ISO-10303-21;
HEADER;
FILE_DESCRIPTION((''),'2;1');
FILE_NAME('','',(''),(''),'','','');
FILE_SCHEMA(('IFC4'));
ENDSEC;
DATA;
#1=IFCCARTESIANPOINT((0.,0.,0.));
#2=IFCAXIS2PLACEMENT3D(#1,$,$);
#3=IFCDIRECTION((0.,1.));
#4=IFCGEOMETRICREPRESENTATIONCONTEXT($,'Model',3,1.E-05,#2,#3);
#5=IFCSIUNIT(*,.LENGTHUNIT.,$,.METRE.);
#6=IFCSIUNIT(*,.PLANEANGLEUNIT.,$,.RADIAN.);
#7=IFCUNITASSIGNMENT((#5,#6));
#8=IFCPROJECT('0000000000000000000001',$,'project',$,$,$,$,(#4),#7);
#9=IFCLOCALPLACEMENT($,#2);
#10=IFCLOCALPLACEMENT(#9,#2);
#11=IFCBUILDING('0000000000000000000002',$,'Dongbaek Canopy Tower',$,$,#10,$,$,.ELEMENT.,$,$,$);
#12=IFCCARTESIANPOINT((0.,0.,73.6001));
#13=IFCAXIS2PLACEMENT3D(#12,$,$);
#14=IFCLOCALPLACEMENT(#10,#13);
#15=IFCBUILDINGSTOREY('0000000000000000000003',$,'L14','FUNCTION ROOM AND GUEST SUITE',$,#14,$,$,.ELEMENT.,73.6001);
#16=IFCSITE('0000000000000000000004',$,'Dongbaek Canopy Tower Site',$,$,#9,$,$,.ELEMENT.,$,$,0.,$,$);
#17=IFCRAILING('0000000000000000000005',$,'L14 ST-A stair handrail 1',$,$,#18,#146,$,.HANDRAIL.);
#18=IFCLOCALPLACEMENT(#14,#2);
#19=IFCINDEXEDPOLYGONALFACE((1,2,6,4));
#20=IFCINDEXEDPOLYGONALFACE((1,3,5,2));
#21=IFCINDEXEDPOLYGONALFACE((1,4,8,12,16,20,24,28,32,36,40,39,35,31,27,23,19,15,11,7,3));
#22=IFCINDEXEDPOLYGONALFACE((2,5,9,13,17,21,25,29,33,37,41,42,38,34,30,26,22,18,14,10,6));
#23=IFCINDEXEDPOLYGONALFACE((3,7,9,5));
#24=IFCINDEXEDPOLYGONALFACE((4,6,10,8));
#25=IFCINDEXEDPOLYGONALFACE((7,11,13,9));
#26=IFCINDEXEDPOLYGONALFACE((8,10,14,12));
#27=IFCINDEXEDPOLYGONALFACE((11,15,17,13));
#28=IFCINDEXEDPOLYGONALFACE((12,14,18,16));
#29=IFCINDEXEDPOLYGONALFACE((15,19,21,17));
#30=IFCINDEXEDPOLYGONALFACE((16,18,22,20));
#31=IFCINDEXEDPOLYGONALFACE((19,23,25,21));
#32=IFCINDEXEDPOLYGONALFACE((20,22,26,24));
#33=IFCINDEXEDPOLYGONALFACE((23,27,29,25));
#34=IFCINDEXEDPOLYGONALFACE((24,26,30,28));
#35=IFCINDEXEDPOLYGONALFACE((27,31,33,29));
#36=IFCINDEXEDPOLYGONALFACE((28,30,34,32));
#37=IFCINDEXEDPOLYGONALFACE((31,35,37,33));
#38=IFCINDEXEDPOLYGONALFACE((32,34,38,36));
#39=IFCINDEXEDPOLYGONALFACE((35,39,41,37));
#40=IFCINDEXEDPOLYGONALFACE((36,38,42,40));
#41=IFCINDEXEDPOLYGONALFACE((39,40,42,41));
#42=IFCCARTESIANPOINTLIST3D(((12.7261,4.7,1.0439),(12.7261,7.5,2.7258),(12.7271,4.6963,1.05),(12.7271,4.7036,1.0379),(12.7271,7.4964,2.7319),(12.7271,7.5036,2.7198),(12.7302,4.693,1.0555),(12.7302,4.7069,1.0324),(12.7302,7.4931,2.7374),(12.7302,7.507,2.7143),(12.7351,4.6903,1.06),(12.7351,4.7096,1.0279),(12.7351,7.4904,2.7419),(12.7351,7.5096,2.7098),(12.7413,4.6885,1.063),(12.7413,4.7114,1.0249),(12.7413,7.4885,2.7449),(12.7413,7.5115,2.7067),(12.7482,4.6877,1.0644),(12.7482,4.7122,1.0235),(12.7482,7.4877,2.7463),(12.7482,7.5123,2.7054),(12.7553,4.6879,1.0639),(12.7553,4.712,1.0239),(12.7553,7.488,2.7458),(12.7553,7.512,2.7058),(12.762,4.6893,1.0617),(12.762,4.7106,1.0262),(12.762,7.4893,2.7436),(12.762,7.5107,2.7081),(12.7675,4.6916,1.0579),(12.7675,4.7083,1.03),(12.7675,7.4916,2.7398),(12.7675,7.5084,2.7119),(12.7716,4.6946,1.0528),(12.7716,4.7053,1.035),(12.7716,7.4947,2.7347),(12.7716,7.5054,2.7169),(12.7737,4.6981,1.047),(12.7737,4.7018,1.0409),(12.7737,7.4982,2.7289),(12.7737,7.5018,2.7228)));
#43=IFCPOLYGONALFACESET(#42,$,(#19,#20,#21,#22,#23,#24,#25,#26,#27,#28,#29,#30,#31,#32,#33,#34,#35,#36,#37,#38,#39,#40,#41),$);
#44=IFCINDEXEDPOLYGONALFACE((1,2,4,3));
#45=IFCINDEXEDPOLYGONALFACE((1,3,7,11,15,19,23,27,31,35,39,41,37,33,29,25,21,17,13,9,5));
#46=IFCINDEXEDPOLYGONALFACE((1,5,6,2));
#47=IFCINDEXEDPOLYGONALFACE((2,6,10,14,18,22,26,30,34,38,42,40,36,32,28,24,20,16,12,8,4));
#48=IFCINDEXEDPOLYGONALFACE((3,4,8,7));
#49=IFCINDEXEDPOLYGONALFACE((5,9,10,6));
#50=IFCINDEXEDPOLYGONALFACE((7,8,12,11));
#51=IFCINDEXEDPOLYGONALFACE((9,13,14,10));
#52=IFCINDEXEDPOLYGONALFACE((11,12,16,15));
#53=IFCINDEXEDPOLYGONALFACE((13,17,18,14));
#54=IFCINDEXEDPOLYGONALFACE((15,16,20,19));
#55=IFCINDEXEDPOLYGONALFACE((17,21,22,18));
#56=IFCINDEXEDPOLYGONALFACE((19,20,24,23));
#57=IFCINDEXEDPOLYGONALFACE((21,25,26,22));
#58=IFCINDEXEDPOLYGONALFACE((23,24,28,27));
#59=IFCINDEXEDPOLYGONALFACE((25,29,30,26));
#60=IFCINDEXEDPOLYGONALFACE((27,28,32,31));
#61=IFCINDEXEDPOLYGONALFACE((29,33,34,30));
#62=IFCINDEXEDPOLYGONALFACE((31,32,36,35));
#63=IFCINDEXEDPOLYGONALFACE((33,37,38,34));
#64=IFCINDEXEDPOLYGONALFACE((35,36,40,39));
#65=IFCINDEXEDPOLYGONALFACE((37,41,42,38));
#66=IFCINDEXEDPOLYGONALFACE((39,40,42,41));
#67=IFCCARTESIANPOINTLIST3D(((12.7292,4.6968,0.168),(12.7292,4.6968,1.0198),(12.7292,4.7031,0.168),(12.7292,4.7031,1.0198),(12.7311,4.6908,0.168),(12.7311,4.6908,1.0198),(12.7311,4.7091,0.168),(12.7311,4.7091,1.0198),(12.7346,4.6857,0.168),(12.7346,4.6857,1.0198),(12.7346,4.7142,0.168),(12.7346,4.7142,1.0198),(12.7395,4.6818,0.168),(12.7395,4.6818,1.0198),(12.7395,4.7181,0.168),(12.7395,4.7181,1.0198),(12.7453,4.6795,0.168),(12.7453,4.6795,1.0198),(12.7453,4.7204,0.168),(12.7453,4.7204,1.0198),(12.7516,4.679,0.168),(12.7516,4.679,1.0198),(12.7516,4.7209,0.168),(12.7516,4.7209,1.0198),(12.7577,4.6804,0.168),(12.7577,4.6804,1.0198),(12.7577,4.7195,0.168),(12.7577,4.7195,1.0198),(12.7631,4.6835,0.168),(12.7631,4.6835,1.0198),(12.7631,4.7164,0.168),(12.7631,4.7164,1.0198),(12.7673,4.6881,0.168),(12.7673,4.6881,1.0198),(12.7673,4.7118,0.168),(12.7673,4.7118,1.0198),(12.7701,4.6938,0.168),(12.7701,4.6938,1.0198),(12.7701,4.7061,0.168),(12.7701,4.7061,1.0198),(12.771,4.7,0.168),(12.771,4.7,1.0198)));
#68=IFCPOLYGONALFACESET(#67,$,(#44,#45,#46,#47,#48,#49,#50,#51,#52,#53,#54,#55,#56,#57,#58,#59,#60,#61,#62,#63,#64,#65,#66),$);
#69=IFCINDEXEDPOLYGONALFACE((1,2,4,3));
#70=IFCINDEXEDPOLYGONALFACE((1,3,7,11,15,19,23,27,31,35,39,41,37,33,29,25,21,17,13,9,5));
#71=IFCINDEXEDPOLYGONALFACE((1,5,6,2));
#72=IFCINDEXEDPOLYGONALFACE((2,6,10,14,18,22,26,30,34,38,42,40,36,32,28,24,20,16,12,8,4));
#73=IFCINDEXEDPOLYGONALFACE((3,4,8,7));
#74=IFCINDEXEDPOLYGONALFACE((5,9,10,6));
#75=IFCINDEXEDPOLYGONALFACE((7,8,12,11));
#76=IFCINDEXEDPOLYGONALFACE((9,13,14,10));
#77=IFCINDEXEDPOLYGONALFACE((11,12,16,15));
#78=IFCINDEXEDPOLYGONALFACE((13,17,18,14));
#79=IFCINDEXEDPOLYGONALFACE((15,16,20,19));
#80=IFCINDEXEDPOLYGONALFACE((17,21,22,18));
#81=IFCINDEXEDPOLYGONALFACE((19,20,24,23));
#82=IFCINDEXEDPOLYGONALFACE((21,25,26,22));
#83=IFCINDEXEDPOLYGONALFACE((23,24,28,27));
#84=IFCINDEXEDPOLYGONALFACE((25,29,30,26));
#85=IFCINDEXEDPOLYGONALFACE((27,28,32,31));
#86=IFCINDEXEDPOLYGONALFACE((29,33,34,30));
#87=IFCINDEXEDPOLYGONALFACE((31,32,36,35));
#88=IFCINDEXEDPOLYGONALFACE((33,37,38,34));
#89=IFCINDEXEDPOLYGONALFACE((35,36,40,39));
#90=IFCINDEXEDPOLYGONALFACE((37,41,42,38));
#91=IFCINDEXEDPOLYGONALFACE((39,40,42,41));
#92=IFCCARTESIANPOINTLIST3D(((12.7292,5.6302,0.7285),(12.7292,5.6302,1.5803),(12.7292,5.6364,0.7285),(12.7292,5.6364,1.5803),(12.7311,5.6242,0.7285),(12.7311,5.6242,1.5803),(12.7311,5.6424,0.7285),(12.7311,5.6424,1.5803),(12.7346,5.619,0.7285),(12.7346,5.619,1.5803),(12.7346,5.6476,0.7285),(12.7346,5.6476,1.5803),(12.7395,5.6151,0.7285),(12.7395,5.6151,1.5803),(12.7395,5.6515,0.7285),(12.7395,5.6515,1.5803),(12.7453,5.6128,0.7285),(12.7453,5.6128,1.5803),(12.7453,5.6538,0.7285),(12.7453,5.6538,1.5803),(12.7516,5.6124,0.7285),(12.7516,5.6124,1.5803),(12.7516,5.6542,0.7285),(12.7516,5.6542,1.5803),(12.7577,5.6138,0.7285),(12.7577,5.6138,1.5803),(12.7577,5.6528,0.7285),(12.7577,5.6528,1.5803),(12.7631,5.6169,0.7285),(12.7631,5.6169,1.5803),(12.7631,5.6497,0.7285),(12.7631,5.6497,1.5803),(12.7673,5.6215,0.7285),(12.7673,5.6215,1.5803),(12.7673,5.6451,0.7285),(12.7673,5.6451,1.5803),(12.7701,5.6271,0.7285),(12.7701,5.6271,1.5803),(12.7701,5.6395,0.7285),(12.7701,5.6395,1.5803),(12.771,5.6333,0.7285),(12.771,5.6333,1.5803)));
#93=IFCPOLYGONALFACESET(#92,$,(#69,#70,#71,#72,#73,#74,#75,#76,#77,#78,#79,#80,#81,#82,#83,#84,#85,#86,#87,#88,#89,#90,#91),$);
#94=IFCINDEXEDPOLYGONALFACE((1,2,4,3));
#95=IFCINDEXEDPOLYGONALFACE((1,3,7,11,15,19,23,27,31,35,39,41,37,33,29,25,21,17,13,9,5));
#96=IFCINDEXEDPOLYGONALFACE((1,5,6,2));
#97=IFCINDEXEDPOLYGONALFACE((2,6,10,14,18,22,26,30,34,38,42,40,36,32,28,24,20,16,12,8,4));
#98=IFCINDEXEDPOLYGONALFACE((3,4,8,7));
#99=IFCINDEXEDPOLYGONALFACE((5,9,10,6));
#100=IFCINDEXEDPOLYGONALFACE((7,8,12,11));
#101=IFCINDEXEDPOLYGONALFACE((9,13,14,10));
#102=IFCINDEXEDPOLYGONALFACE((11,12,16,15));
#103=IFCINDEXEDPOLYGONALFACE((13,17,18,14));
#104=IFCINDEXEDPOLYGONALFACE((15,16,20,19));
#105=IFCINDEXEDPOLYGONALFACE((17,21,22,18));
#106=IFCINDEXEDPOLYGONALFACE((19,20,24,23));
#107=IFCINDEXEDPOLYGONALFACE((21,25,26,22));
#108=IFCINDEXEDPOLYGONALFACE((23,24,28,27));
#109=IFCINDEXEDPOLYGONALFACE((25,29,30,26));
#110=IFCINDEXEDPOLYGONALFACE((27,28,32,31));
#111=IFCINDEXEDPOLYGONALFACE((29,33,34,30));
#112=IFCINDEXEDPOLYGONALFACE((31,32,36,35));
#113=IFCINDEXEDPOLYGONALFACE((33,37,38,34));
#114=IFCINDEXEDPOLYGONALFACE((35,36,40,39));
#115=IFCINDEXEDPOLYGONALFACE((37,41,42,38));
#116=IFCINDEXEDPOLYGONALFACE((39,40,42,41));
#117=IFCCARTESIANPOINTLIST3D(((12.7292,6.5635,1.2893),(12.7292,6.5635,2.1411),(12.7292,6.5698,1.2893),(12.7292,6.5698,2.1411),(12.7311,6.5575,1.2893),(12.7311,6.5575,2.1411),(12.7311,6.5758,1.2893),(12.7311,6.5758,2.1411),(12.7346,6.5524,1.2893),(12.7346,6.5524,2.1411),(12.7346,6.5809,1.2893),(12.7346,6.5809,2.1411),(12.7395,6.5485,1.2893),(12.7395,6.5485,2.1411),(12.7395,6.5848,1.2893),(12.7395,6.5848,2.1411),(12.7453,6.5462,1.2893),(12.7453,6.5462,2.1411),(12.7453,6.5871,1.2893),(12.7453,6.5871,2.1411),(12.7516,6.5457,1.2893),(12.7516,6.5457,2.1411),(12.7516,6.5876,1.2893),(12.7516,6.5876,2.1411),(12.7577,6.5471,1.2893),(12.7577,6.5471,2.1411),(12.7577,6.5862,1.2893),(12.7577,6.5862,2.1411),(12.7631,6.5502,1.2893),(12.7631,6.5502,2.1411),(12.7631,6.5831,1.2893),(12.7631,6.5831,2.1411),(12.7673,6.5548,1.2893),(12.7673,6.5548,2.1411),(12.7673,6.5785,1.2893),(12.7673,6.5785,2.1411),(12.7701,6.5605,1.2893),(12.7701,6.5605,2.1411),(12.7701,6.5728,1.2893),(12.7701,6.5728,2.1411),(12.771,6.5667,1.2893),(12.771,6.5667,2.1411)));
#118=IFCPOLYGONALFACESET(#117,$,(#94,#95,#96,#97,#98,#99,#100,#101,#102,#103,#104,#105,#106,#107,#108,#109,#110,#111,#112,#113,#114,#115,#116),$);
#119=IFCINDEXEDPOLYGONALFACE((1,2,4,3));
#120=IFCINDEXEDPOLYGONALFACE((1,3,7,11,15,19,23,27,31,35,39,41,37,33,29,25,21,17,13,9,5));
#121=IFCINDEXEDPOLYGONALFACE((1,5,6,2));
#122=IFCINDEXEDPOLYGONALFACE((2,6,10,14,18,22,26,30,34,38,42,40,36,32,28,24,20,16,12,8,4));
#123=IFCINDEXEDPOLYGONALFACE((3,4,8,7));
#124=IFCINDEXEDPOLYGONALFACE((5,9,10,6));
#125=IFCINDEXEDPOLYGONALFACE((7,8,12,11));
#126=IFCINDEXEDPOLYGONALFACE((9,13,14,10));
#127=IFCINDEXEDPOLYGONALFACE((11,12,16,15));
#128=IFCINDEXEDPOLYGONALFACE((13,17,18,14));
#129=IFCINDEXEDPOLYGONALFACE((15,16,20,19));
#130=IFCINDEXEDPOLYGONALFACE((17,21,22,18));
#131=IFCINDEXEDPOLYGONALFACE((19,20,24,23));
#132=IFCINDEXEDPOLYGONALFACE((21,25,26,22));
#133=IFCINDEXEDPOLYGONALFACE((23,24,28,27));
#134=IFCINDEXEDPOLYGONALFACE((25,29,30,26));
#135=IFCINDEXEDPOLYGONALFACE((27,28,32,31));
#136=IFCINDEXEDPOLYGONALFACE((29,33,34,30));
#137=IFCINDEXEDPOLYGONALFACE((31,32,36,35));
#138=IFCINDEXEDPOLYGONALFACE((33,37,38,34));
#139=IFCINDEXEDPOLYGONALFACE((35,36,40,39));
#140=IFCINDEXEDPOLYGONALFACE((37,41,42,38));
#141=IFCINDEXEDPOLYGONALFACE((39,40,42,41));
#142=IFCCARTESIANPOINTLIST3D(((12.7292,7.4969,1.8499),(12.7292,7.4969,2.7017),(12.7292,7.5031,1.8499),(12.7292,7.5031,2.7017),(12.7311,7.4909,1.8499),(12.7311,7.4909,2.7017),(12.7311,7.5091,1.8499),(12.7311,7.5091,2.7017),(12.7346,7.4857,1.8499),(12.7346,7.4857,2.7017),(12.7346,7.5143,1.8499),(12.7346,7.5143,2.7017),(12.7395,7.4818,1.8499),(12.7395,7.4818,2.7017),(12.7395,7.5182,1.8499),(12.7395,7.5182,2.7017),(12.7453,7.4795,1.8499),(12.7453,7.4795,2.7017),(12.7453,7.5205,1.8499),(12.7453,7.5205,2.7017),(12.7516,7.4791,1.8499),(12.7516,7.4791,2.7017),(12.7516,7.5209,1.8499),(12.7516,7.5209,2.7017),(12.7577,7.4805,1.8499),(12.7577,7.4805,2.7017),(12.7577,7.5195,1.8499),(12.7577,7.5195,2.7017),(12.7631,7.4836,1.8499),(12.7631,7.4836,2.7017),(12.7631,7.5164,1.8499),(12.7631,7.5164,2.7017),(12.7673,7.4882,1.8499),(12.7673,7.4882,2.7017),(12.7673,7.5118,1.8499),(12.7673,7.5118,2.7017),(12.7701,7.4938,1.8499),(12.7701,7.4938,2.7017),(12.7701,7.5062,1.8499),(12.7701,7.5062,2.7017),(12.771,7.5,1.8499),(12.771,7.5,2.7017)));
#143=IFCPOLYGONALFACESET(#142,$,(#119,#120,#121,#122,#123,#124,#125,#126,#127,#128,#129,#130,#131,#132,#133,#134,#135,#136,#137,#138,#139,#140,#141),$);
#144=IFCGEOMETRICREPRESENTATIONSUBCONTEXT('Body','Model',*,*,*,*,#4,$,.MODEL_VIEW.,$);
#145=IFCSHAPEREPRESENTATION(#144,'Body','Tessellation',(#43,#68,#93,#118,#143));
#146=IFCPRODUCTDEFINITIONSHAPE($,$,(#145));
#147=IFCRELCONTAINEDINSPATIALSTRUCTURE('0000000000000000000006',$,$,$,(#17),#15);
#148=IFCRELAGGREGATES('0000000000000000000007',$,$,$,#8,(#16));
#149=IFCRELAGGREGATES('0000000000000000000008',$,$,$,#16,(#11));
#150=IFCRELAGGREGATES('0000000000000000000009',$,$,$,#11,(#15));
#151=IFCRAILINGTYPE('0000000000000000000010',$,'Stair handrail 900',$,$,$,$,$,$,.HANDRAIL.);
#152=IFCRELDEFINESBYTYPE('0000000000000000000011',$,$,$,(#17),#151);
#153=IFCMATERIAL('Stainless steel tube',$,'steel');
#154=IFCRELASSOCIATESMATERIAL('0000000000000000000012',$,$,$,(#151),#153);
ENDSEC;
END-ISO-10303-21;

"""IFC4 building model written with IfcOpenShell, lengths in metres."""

from ifc_helpers import new_model, si_unit, direction, frame, origin, origin_2d, place, context, subcontext, project, spatial, circle, extrude, material, type_object, element, save


model = new_model("IFC4")

# Units and contexts
model_context = context("Model", 3, precision=1e-05, world=origin(), true_north=direction((0.0, 1.0)))
body_context = subcontext(model_context, "Body", "Model", "MODEL_VIEW")
ifc_project = project(units=[si_unit("LENGTHUNIT", "METRE"), si_unit("PLANEANGLEUNIT", "RADIAN")], contexts=[model_context])

# Site, building, storey
site_placement = place(None, origin())
site = spatial("IfcSite", under=ifc_project, at=site_placement, Name="Dongbaek Canopy Tower Site", CompositionType="ELEMENT", RefElevation=0.0)
building_placement = place(site_placement, origin())
building = spatial("IfcBuilding", under=site, at=building_placement, Name="Dongbaek Canopy Tower", CompositionType="ELEMENT")
storey_placement = place(building_placement, frame((0.0, 0.0, 73.6001)))
storey = spatial("IfcBuildingStorey", under=building, at=storey_placement, Name="L14", Description="FUNCTION ROOM AND GUEST SUITE", CompositionType="ELEMENT", Elevation=73.6001)

# Railing
ifc_material_1 = material(Name="Stainless steel tube", Category="steel")
railing_type_1 = type_object("IfcRailingType", Name="Stair handrail 900", PredefinedType="HANDRAIL", material=ifc_material_1)
railing_1_placement = place(storey_placement, frame((12.75, 4.7, 0.168)))
element("IfcRailing", 1, at=railing_1_placement, inside=storey, type_object=railing_type_1, Name="L14 ST-A stair handrail 1", PredefinedType="HANDRAIL", context=body_context, shape_type="SweptSolid", body=[
    extrude(circle(Radius=0.0239, at=origin_2d()), frame((0.0, 0.0, 0.876), z_axis=(0.0, 0.857242, 0.514913), x_axis=(-1.0, 0.0, 0.0)), (0.0, 0.0, 1.0), 3.2664),
    extrude(circle(Radius=0.021, at=origin_2d()), origin(), (0.0, 0.0, 1.0), 0.8518),
    extrude(circle(Radius=0.021, at=origin_2d()), frame((0.0, 0.9333, 0.5605)), (0.0, 0.0, 1.0), 0.8518),
    extrude(circle(Radius=0.021, at=origin_2d()), frame((0.0, 1.8667, 1.1213)), (0.0, 0.0, 1.0), 0.8518),
    extrude(circle(Radius=0.021, at=origin_2d()), frame((0.0, 2.8, 1.6819)), (0.0, 0.0, 1.0), 0.8518),
])

save(model, "model.ifc")
